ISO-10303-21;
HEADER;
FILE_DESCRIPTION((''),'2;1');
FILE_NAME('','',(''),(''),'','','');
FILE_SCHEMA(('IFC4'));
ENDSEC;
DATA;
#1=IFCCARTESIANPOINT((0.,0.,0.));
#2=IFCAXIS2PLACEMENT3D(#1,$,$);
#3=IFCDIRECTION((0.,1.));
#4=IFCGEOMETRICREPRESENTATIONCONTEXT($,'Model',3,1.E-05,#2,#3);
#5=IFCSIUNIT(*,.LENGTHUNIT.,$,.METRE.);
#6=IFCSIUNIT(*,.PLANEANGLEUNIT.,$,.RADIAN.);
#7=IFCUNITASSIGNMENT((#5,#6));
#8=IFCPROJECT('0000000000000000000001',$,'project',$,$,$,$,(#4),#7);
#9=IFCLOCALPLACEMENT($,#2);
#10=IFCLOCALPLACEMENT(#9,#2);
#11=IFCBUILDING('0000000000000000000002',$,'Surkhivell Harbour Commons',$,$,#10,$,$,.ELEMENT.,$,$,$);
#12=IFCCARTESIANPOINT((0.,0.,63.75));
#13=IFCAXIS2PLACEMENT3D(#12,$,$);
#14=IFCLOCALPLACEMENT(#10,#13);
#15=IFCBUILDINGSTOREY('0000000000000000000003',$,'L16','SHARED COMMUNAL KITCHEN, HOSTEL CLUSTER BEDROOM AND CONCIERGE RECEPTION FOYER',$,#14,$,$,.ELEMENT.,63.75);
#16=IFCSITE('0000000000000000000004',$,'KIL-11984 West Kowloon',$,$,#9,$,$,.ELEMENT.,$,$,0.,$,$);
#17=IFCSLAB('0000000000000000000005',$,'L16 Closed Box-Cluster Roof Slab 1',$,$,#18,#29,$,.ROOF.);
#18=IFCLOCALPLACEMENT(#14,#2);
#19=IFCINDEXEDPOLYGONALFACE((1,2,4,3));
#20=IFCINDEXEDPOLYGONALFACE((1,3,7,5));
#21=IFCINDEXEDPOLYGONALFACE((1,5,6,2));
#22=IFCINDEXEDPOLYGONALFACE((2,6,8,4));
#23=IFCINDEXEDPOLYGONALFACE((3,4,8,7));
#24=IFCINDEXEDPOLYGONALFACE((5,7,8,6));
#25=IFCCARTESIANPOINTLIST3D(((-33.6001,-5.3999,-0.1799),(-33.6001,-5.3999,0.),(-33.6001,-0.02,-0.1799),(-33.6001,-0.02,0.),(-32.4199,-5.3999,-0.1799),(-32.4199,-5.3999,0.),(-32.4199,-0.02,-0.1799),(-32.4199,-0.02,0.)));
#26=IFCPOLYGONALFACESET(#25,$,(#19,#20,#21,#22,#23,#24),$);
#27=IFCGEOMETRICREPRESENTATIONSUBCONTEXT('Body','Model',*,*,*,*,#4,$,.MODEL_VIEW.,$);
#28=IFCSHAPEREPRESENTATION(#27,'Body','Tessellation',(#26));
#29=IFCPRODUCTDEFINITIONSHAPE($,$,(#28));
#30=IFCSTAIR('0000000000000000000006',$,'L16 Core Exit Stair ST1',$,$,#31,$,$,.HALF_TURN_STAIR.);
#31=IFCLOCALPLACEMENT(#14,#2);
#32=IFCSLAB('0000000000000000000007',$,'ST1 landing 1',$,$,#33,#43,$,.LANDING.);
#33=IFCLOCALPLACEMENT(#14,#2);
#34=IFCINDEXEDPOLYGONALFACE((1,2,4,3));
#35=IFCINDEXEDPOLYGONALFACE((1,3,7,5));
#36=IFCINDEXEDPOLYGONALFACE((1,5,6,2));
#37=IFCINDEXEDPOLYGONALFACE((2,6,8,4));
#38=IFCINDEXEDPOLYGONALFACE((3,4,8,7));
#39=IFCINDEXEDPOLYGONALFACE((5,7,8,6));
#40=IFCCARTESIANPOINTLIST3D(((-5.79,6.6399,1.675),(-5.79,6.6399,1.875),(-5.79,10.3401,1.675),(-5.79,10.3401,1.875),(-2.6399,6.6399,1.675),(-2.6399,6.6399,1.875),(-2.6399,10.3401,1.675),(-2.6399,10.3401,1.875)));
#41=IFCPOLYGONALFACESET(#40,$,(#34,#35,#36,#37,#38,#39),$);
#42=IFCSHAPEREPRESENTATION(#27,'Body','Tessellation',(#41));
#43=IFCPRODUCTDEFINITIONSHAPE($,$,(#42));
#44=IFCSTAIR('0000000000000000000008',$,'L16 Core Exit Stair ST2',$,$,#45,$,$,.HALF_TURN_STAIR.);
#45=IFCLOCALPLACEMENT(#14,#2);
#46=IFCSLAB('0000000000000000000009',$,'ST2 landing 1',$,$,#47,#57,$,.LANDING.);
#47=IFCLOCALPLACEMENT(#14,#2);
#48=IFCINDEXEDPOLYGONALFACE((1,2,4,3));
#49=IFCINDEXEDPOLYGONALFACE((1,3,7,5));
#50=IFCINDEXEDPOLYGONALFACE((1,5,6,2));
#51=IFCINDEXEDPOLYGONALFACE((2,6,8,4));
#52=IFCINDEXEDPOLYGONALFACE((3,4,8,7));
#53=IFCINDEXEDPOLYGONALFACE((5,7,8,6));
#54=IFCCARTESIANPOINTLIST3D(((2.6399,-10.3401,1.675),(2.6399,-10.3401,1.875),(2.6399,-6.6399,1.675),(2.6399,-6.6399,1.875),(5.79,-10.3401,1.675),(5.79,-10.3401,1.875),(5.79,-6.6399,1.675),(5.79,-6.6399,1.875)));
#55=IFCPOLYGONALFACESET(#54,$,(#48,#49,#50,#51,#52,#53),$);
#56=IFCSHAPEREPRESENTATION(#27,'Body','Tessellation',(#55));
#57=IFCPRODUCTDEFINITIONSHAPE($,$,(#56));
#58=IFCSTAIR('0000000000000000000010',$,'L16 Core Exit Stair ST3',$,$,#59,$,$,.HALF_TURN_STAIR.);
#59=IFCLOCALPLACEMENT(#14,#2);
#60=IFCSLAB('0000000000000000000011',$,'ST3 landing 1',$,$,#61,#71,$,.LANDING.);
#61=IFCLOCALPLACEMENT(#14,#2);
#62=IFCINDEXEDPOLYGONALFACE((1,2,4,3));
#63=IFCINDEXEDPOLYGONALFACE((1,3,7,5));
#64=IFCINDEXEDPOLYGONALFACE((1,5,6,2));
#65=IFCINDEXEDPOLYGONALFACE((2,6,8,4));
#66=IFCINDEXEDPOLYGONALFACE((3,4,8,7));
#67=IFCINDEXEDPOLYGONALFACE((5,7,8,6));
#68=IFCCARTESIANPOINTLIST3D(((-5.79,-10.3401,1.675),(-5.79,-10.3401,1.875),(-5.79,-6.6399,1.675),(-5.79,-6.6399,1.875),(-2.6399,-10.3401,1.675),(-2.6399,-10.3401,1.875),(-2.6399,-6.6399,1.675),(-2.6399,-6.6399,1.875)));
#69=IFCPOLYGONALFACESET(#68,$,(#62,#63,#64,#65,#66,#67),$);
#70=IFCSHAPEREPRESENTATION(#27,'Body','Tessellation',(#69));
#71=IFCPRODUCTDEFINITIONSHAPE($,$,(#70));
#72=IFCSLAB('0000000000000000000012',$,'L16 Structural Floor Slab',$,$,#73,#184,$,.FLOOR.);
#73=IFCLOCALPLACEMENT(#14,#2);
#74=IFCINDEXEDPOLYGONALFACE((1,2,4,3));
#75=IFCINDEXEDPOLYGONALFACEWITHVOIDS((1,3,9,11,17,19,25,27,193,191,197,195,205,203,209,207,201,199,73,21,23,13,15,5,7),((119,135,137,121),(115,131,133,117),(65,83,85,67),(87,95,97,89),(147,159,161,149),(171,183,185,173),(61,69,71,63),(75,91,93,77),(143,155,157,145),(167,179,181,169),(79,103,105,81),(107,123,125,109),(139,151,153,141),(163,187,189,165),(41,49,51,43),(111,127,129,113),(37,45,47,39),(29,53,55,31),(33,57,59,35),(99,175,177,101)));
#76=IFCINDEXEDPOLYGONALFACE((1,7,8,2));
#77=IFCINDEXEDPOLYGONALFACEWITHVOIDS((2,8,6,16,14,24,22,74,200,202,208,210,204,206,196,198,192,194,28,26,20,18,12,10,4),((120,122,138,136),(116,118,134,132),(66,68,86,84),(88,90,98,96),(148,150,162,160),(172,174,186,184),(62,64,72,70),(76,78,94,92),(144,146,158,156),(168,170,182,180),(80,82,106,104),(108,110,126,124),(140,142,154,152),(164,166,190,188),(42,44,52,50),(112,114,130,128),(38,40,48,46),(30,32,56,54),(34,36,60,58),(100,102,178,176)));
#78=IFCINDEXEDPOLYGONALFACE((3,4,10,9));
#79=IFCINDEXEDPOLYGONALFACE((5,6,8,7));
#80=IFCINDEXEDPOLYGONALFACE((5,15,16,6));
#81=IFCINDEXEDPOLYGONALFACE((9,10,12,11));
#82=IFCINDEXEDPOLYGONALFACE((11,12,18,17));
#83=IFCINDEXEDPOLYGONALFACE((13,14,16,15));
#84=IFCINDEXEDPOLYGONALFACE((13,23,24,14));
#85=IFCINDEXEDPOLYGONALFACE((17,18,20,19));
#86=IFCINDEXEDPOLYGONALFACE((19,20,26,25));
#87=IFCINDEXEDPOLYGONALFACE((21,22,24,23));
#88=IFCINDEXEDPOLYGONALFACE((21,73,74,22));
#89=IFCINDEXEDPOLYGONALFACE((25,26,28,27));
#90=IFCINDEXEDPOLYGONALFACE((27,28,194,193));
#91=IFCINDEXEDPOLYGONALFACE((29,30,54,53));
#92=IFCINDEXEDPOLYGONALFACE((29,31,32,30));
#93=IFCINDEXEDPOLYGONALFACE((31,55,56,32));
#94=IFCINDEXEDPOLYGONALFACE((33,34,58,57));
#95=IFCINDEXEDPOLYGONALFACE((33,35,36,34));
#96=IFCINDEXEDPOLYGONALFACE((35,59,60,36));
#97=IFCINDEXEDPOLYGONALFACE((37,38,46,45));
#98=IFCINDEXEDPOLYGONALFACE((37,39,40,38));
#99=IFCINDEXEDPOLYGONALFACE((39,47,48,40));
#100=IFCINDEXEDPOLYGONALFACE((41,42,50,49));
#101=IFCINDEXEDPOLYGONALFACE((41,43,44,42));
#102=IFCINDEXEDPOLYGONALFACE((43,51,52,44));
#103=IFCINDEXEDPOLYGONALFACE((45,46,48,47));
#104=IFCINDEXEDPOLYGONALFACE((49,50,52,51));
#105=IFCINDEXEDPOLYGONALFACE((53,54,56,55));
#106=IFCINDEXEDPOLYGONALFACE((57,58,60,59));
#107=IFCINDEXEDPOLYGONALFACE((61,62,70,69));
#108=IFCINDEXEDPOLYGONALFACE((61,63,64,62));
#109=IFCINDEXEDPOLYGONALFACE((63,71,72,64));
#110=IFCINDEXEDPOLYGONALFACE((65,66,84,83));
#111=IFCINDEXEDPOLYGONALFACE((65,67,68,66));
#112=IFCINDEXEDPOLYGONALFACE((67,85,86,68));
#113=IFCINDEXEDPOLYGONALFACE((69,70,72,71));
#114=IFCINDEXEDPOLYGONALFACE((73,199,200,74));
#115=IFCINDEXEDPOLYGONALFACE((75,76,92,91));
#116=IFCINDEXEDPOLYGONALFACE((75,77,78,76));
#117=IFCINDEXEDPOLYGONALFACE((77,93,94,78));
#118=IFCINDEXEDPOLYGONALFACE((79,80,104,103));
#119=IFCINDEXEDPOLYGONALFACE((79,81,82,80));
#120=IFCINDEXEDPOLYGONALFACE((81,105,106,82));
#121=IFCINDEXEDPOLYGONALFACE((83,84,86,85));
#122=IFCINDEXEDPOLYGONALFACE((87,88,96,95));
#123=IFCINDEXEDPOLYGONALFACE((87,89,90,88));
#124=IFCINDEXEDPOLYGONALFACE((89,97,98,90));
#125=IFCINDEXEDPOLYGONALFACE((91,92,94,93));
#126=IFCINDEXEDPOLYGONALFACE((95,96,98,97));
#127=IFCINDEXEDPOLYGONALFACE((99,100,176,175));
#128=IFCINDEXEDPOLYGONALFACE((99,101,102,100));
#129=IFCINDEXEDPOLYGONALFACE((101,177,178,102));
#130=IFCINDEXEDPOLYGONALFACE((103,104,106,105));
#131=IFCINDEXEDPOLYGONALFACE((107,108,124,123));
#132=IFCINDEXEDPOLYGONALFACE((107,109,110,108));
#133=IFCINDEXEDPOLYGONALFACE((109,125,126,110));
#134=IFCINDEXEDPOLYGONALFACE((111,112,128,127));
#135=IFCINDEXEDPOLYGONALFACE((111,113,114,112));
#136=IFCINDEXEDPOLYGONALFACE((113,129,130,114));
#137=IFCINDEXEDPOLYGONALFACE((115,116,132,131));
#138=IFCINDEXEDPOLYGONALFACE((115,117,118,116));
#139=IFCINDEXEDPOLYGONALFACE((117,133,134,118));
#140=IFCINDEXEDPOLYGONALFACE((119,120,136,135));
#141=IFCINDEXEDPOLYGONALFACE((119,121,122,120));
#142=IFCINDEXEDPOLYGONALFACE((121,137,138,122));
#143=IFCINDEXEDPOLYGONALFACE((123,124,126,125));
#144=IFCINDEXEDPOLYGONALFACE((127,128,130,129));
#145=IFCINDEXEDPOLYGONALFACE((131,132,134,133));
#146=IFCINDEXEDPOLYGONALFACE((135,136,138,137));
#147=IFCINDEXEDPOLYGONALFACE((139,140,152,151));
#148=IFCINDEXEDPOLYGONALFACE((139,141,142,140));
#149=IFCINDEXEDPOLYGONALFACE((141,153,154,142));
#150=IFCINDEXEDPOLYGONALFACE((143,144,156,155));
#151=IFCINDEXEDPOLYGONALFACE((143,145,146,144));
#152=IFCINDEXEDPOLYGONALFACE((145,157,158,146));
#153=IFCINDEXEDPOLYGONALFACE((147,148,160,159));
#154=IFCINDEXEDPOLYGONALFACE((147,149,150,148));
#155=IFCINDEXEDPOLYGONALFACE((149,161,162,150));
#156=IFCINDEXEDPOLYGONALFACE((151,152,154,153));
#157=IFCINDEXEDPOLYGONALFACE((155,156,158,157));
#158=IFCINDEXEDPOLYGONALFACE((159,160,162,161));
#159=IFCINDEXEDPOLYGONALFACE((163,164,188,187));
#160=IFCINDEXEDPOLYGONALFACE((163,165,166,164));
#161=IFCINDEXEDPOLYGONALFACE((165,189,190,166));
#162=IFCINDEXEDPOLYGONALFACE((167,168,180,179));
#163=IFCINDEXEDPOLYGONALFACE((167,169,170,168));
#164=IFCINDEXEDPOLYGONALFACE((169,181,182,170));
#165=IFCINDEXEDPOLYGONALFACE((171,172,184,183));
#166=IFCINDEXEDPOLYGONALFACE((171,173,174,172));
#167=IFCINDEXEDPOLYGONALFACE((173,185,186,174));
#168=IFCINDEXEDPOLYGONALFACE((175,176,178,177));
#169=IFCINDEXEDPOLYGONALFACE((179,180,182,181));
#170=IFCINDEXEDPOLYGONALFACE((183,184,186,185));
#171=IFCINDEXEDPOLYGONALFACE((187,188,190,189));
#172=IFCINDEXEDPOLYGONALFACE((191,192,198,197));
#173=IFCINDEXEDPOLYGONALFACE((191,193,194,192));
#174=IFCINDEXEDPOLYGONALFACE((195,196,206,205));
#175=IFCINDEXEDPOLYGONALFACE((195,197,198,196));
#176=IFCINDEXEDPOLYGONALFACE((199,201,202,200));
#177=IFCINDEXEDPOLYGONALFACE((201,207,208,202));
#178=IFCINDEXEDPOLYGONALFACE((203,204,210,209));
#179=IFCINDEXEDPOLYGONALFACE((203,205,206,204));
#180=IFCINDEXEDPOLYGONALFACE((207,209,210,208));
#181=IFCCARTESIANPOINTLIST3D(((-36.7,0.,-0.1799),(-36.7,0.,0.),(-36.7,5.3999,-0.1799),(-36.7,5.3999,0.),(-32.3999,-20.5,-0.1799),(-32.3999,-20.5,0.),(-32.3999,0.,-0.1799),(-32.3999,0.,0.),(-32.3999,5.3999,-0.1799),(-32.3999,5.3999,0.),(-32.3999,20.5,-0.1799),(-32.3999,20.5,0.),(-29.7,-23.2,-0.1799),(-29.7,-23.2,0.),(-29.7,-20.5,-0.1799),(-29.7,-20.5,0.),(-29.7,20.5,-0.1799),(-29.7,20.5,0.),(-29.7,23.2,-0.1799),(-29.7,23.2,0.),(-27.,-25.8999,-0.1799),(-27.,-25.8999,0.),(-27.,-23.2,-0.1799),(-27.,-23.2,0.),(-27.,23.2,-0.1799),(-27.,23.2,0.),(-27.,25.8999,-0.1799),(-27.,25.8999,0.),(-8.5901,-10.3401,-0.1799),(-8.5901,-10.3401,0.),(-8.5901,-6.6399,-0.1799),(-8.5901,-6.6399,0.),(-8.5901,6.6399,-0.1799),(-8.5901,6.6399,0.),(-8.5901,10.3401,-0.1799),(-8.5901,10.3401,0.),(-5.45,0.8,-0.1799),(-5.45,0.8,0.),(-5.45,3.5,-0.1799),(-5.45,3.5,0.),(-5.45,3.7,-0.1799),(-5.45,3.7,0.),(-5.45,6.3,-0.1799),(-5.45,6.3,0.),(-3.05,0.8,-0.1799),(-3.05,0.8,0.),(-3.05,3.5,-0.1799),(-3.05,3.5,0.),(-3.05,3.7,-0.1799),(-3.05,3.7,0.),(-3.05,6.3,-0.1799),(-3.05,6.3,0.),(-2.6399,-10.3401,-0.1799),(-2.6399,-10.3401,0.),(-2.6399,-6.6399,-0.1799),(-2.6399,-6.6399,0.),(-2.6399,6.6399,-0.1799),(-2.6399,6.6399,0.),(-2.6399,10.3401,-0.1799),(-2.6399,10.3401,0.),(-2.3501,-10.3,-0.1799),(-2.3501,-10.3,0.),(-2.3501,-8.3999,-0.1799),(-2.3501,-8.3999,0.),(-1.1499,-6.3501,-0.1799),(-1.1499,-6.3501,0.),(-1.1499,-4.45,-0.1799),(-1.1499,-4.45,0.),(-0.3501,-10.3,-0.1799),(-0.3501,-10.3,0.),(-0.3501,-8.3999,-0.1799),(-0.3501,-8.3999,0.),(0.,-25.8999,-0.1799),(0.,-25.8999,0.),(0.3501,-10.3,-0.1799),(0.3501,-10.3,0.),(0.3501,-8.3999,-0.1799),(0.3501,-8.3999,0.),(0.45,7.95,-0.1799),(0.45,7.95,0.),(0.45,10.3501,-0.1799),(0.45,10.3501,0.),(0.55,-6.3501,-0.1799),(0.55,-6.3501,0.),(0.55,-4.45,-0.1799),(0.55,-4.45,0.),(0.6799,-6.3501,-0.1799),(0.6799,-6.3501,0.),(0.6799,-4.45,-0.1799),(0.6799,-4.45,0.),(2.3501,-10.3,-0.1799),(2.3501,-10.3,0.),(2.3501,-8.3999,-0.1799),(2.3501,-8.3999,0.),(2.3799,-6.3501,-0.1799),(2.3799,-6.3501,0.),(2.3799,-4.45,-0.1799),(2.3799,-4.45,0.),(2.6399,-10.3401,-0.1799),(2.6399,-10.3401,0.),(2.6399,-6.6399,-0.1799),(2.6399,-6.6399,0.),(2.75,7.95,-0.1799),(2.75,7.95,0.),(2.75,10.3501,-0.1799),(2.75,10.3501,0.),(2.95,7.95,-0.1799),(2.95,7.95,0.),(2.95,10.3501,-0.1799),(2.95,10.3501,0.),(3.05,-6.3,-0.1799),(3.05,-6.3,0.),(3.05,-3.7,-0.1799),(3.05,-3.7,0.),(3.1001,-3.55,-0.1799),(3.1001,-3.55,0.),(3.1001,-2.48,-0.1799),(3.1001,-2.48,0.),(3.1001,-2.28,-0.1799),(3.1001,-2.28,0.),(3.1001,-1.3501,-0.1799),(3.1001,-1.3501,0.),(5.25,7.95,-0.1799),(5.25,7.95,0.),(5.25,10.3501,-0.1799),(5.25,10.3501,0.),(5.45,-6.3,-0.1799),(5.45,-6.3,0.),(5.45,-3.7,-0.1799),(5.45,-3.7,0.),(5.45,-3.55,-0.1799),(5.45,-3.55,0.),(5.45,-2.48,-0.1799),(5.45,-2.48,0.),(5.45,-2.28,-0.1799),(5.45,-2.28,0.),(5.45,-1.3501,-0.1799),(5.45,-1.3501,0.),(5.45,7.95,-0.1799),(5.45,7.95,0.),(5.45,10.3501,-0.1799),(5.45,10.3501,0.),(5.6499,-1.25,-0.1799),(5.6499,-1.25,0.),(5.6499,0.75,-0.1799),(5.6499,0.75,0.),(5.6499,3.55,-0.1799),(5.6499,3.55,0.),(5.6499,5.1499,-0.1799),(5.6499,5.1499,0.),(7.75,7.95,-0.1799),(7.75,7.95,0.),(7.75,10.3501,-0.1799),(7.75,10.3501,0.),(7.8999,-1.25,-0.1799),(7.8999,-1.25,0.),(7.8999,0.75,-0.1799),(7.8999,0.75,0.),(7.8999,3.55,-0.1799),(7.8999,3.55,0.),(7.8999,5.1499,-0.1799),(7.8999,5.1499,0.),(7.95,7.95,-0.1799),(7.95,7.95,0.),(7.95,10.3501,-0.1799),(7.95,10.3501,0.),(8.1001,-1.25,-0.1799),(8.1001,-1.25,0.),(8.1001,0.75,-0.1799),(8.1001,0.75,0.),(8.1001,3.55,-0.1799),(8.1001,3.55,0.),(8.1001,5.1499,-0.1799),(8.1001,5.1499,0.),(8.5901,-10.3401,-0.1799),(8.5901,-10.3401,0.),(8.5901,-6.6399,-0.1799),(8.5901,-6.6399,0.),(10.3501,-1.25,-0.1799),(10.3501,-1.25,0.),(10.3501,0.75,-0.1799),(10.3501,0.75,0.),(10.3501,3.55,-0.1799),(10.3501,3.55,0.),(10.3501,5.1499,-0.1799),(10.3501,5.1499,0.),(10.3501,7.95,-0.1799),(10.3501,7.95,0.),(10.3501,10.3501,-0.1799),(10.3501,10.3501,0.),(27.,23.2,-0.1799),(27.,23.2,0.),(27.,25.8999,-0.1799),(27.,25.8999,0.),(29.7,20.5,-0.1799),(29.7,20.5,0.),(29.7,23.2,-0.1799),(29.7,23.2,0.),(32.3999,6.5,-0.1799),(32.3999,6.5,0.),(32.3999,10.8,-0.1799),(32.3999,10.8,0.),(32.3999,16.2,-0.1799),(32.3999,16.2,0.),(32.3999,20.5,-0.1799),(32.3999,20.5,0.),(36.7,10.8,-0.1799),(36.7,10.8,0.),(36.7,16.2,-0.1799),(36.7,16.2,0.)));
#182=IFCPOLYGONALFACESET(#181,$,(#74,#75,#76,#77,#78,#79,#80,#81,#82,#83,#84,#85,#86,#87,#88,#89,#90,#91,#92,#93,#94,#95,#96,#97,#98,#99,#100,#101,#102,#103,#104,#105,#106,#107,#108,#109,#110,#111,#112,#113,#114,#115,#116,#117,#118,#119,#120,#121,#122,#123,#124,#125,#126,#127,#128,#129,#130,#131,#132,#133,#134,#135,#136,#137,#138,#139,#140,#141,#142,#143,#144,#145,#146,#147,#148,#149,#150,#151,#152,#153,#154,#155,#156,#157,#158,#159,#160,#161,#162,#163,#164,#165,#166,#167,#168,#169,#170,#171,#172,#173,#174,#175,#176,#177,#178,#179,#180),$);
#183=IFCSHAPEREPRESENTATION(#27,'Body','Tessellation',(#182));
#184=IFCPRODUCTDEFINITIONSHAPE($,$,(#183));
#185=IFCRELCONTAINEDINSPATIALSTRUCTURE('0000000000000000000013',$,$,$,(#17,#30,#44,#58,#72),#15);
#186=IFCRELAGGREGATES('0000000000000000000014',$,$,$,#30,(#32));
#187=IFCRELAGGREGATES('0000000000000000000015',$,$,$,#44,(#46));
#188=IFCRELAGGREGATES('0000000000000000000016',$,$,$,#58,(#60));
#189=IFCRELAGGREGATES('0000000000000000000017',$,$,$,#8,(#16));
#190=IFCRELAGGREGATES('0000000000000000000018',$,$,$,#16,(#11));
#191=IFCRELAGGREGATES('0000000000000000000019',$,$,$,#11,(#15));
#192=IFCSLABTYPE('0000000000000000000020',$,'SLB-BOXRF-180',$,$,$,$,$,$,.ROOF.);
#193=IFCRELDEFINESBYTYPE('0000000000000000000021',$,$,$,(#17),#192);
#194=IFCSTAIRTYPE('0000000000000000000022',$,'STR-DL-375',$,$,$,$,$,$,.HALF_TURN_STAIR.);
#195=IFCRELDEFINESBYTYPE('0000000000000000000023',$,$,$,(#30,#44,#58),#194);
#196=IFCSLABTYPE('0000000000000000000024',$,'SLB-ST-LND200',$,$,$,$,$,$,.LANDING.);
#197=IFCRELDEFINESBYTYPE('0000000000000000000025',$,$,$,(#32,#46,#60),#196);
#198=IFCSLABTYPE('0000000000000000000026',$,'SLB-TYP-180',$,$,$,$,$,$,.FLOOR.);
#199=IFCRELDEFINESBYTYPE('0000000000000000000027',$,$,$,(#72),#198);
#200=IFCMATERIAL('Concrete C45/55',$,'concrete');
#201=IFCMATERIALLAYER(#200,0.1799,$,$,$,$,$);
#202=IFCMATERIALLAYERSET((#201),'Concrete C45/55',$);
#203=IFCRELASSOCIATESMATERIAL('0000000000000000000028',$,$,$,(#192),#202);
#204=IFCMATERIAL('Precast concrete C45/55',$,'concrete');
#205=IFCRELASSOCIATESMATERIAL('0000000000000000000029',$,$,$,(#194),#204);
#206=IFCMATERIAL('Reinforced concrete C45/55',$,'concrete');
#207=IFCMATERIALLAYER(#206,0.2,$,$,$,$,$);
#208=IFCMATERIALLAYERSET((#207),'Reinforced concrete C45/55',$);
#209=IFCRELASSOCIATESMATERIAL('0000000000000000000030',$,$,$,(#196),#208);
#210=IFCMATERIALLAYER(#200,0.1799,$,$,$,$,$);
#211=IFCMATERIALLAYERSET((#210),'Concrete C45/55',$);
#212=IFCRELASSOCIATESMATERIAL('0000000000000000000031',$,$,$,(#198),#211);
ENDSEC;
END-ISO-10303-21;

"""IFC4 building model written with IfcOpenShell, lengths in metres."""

from ifc_helpers import new_model, si_unit, direction, frame, origin, place, context, subcontext, project, spatial, polyline, outline, extrude, material, layer, layer_set, type_object, element, aggregate, save


model = new_model("IFC4")

# Units and contexts
model_context = context("Model", 3, precision=1e-05, world=origin(), true_north=direction((0.0, 1.0)))
body_context = subcontext(model_context, "Body", "Model", "MODEL_VIEW")
ifc_project = project(units=[si_unit("LENGTHUNIT", "METRE"), si_unit("PLANEANGLEUNIT", "RADIAN")], contexts=[model_context])

# Site, building, storey
site_placement = place(None, origin())
site = spatial("IfcSite", under=ifc_project, at=site_placement, Name="KIL-11984 West Kowloon", CompositionType="ELEMENT", RefElevation=0.0)
building_placement = place(site_placement, origin())
building = spatial("IfcBuilding", under=site, at=building_placement, Name="Surkhivell Harbour Commons", CompositionType="ELEMENT")
storey_placement = place(building_placement, frame((0.0, 0.0, 63.75)))
storey = spatial("IfcBuildingStorey", under=building, at=storey_placement, Name="L16", Description="SHARED COMMUNAL KITCHEN, HOSTEL CLUSTER BEDROOM AND CONCIERGE RECEPTION FOYER", CompositionType="ELEMENT", Elevation=63.75)

# Slab
ifc_material_1 = material(Name="Concrete C45/55", Category="concrete")
ifc_layer_1 = layer(ifc_material_1, 0.1799)
ifc_layer_set_1 = layer_set([ifc_layer_1], Name="Concrete C45/55")
slab_type_1 = type_object("IfcSlabType", Name="SLB-BOXRF-180", PredefinedType="ROOF", material=ifc_layer_set_1)
slab_1_placement = place(storey_placement, frame((0.0, 0.0, -0.1799)))
element("IfcSlab", 1, at=slab_1_placement, inside=storey, type_object=slab_type_1, Name="L16 Closed Box-Cluster Roof Slab 1", PredefinedType="ROOF", context=body_context, shape_type="SweptSolid", body=[
    extrude(outline(polyline([(-33.6001, -5.3999), (-32.4199, -5.3999), (-32.4199, -0.02), (-33.6001, -0.02), (-33.6001, -5.3999)])), origin(), (0.0, 0.0, 1.0), 0.1799),
])

# Stairs, slabs
ifc_material_2 = material(Name="Precast concrete C45/55", Category="concrete")
stair_type = type_object("IfcStairType", Name="STR-DL-375", PredefinedType="HALF_TURN_STAIR", material=ifc_material_2)
stair_1_placement = place(storey_placement, origin())
stair_1 = element("IfcStair", 2, at=stair_1_placement, inside=storey, type_object=stair_type, Name="L16 Core Exit Stair ST1", PredefinedType="HALF_TURN_STAIR")
ifc_material_3 = material(Name="Reinforced concrete C45/55", Category="concrete")
ifc_layer_2 = layer(ifc_material_3, 0.2)
ifc_layer_set_2 = layer_set([ifc_layer_2], Name="Reinforced concrete C45/55")
slab_type_2 = type_object("IfcSlabType", Name="SLB-ST-LND200", PredefinedType="LANDING", material=ifc_layer_set_2)
slab_2_placement = place(storey_placement, frame((0.0, 0.0, 1.675)))
slab_2 = element("IfcSlab", 3, at=slab_2_placement, type_object=slab_type_2, Name="ST1 landing 1", PredefinedType="LANDING", context=body_context, shape_type="SweptSolid", body=[
    extrude(outline(polyline([(-5.79, 6.6399), (-2.6399, 6.6399), (-2.6399, 10.3401), (-5.79, 10.3401), (-5.79, 6.6399)])), origin(), (0.0, 0.0, 1.0), 0.2),
])
aggregate(stair_1, [slab_2])
stair_2_placement = place(storey_placement, origin())
stair_2 = element("IfcStair", 4, at=stair_2_placement, inside=storey, type_object=stair_type, Name="L16 Core Exit Stair ST2", PredefinedType="HALF_TURN_STAIR")
slab_3_placement = place(storey_placement, frame((0.0, 0.0, 1.675)))
slab_3 = element("IfcSlab", 5, at=slab_3_placement, type_object=slab_type_2, Name="ST2 landing 1", PredefinedType="LANDING", context=body_context, shape_type="SweptSolid", body=[
    extrude(outline(polyline([(5.79, -6.6399), (2.6399, -6.6399), (2.6399, -10.3401), (5.79, -10.3401), (5.79, -6.6399)])), origin(), (0.0, 0.0, 1.0), 0.2),
])
aggregate(stair_2, [slab_3])
stair_3_placement = place(storey_placement, origin())
stair_3 = element("IfcStair", 6, at=stair_3_placement, inside=storey, type_object=stair_type, Name="L16 Core Exit Stair ST3", PredefinedType="HALF_TURN_STAIR")
slab_4_placement = place(storey_placement, frame((0.0, 0.0, 1.675)))
slab_4 = element("IfcSlab", 7, at=slab_4_placement, type_object=slab_type_2, Name="ST3 landing 1", PredefinedType="LANDING", context=body_context, shape_type="SweptSolid", body=[
    extrude(outline(polyline([(-5.79, -10.3401), (-2.6399, -10.3401), (-2.6399, -6.6399), (-5.79, -6.6399), (-5.79, -10.3401)])), origin(), (0.0, 0.0, 1.0), 0.2),
])
aggregate(stair_3, [slab_4])

# Slab
ifc_layer_3 = layer(ifc_material_1, 0.1799)
ifc_layer_set_3 = layer_set([ifc_layer_3], Name="Concrete C45/55")
slab_type_3 = type_object("IfcSlabType", Name="SLB-TYP-180", PredefinedType="FLOOR", material=ifc_layer_set_3)
slab_5_placement = place(storey_placement, frame((0.0, 0.0, -0.1799)))
element("IfcSlab", 8, at=slab_5_placement, inside=storey, type_object=slab_type_3, Name="L16 Structural Floor Slab", PredefinedType="FLOOR", context=body_context, shape_type="SweptSolid", body=[
    extrude(outline(polyline([(-32.3999, 20.5), (-32.3999, 5.3999), (-36.7, 5.3999), (-36.7, 0.0), (-32.3999, 0.0), (-32.3999, -20.5), (-29.7, -20.5), (-29.7, -23.2), (-27.0, -23.2), (-27.0, -25.8999), (0.0, -25.8999), (32.3999, 6.5), (32.3999, 10.8), (36.7, 10.8), (36.7, 16.2), (32.3999, 16.2), (32.3999, 20.5), (29.7, 20.5), (29.7, 23.2), (27.0, 23.2), (27.0, 25.8999), (-27.0, 25.8999), (-27.0, 23.2), (-29.7, 23.2), (-29.7, 20.5), (-32.3999, 20.5)]), holes=[polyline([(-8.5901, 6.6399), (-2.6399, 6.6399), (-2.6399, 10.3401), (-8.5901, 10.3401), (-8.5901, 6.6399)]), polyline([(8.5901, -6.6399), (2.6399, -6.6399), (2.6399, -10.3401), (8.5901, -10.3401), (8.5901, -6.6399)]), polyline([(-8.5901, -10.3401), (-2.6399, -10.3401), (-2.6399, -6.6399), (-8.5901, -6.6399), (-8.5901, -10.3401)]), polyline([(0.45, 7.95), (2.75, 7.95), (2.75, 10.3501), (0.45, 10.3501), (0.45, 7.95)]), polyline([(2.95, 7.95), (5.25, 7.95), (5.25, 10.3501), (2.95, 10.3501), (2.95, 7.95)]), polyline([(5.45, 7.95), (7.75, 7.95), (7.75, 10.3501), (5.45, 10.3501), (5.45, 7.95)]), polyline([(7.95, 7.95), (10.3501, 7.95), (10.3501, 10.3501), (7.95, 10.3501), (7.95, 7.95)]), polyline([(5.6499, 3.55), (7.8999, 3.55), (7.8999, 5.1499), (5.6499, 5.1499), (5.6499, 3.55)]), polyline([(8.1001, 3.55), (10.3501, 3.55), (10.3501, 5.1499), (8.1001, 5.1499), (8.1001, 3.55)]), polyline([(5.6499, -1.25), (7.8999, -1.25), (7.8999, 0.75), (5.6499, 0.75), (5.6499, -1.25)]), polyline([(8.1001, -1.25), (10.3501, -1.25), (10.3501, 0.75), (8.1001, 0.75), (8.1001, -1.25)]), polyline([(-1.1499, -6.3501), (0.55, -6.3501), (0.55, -4.45), (-1.1499, -4.45), (-1.1499, -6.3501)]), polyline([(0.6799, -6.3501), (2.3799, -6.3501), (2.3799, -4.45), (0.6799, -4.45), (0.6799, -6.3501)]), polyline([(-2.3501, -10.3), (-0.3501, -10.3), (-0.3501, -8.3999), (-2.3501, -8.3999), (-2.3501, -10.3)]), polyline([(0.3501, -10.3), (2.3501, -10.3), (2.3501, -8.3999), (0.3501, -8.3999), (0.3501, -10.3)]), polyline([(-5.45, 3.7), (-3.05, 3.7), (-3.05, 6.3), (-5.45, 6.3), (-5.45, 3.7)]), polyline([(3.05, -6.3), (5.45, -6.3), (5.45, -3.7), (3.05, -3.7), (3.05, -6.3)]), polyline([(-5.45, 0.8), (-3.05, 0.8), (-3.05, 3.5), (-5.45, 3.5), (-5.45, 0.8)]), polyline([(3.1001, -3.55), (5.45, -3.55), (5.45, -2.48), (3.1001, -2.48), (3.1001, -3.55)]), polyline([(3.1001, -2.28), (5.45, -2.28), (5.45, -1.3501), (3.1001, -1.3501), (3.1001, -2.28)])]), origin(), (0.0, 0.0, 1.0), 0.1799),
])

save(model, "model.ifc")
